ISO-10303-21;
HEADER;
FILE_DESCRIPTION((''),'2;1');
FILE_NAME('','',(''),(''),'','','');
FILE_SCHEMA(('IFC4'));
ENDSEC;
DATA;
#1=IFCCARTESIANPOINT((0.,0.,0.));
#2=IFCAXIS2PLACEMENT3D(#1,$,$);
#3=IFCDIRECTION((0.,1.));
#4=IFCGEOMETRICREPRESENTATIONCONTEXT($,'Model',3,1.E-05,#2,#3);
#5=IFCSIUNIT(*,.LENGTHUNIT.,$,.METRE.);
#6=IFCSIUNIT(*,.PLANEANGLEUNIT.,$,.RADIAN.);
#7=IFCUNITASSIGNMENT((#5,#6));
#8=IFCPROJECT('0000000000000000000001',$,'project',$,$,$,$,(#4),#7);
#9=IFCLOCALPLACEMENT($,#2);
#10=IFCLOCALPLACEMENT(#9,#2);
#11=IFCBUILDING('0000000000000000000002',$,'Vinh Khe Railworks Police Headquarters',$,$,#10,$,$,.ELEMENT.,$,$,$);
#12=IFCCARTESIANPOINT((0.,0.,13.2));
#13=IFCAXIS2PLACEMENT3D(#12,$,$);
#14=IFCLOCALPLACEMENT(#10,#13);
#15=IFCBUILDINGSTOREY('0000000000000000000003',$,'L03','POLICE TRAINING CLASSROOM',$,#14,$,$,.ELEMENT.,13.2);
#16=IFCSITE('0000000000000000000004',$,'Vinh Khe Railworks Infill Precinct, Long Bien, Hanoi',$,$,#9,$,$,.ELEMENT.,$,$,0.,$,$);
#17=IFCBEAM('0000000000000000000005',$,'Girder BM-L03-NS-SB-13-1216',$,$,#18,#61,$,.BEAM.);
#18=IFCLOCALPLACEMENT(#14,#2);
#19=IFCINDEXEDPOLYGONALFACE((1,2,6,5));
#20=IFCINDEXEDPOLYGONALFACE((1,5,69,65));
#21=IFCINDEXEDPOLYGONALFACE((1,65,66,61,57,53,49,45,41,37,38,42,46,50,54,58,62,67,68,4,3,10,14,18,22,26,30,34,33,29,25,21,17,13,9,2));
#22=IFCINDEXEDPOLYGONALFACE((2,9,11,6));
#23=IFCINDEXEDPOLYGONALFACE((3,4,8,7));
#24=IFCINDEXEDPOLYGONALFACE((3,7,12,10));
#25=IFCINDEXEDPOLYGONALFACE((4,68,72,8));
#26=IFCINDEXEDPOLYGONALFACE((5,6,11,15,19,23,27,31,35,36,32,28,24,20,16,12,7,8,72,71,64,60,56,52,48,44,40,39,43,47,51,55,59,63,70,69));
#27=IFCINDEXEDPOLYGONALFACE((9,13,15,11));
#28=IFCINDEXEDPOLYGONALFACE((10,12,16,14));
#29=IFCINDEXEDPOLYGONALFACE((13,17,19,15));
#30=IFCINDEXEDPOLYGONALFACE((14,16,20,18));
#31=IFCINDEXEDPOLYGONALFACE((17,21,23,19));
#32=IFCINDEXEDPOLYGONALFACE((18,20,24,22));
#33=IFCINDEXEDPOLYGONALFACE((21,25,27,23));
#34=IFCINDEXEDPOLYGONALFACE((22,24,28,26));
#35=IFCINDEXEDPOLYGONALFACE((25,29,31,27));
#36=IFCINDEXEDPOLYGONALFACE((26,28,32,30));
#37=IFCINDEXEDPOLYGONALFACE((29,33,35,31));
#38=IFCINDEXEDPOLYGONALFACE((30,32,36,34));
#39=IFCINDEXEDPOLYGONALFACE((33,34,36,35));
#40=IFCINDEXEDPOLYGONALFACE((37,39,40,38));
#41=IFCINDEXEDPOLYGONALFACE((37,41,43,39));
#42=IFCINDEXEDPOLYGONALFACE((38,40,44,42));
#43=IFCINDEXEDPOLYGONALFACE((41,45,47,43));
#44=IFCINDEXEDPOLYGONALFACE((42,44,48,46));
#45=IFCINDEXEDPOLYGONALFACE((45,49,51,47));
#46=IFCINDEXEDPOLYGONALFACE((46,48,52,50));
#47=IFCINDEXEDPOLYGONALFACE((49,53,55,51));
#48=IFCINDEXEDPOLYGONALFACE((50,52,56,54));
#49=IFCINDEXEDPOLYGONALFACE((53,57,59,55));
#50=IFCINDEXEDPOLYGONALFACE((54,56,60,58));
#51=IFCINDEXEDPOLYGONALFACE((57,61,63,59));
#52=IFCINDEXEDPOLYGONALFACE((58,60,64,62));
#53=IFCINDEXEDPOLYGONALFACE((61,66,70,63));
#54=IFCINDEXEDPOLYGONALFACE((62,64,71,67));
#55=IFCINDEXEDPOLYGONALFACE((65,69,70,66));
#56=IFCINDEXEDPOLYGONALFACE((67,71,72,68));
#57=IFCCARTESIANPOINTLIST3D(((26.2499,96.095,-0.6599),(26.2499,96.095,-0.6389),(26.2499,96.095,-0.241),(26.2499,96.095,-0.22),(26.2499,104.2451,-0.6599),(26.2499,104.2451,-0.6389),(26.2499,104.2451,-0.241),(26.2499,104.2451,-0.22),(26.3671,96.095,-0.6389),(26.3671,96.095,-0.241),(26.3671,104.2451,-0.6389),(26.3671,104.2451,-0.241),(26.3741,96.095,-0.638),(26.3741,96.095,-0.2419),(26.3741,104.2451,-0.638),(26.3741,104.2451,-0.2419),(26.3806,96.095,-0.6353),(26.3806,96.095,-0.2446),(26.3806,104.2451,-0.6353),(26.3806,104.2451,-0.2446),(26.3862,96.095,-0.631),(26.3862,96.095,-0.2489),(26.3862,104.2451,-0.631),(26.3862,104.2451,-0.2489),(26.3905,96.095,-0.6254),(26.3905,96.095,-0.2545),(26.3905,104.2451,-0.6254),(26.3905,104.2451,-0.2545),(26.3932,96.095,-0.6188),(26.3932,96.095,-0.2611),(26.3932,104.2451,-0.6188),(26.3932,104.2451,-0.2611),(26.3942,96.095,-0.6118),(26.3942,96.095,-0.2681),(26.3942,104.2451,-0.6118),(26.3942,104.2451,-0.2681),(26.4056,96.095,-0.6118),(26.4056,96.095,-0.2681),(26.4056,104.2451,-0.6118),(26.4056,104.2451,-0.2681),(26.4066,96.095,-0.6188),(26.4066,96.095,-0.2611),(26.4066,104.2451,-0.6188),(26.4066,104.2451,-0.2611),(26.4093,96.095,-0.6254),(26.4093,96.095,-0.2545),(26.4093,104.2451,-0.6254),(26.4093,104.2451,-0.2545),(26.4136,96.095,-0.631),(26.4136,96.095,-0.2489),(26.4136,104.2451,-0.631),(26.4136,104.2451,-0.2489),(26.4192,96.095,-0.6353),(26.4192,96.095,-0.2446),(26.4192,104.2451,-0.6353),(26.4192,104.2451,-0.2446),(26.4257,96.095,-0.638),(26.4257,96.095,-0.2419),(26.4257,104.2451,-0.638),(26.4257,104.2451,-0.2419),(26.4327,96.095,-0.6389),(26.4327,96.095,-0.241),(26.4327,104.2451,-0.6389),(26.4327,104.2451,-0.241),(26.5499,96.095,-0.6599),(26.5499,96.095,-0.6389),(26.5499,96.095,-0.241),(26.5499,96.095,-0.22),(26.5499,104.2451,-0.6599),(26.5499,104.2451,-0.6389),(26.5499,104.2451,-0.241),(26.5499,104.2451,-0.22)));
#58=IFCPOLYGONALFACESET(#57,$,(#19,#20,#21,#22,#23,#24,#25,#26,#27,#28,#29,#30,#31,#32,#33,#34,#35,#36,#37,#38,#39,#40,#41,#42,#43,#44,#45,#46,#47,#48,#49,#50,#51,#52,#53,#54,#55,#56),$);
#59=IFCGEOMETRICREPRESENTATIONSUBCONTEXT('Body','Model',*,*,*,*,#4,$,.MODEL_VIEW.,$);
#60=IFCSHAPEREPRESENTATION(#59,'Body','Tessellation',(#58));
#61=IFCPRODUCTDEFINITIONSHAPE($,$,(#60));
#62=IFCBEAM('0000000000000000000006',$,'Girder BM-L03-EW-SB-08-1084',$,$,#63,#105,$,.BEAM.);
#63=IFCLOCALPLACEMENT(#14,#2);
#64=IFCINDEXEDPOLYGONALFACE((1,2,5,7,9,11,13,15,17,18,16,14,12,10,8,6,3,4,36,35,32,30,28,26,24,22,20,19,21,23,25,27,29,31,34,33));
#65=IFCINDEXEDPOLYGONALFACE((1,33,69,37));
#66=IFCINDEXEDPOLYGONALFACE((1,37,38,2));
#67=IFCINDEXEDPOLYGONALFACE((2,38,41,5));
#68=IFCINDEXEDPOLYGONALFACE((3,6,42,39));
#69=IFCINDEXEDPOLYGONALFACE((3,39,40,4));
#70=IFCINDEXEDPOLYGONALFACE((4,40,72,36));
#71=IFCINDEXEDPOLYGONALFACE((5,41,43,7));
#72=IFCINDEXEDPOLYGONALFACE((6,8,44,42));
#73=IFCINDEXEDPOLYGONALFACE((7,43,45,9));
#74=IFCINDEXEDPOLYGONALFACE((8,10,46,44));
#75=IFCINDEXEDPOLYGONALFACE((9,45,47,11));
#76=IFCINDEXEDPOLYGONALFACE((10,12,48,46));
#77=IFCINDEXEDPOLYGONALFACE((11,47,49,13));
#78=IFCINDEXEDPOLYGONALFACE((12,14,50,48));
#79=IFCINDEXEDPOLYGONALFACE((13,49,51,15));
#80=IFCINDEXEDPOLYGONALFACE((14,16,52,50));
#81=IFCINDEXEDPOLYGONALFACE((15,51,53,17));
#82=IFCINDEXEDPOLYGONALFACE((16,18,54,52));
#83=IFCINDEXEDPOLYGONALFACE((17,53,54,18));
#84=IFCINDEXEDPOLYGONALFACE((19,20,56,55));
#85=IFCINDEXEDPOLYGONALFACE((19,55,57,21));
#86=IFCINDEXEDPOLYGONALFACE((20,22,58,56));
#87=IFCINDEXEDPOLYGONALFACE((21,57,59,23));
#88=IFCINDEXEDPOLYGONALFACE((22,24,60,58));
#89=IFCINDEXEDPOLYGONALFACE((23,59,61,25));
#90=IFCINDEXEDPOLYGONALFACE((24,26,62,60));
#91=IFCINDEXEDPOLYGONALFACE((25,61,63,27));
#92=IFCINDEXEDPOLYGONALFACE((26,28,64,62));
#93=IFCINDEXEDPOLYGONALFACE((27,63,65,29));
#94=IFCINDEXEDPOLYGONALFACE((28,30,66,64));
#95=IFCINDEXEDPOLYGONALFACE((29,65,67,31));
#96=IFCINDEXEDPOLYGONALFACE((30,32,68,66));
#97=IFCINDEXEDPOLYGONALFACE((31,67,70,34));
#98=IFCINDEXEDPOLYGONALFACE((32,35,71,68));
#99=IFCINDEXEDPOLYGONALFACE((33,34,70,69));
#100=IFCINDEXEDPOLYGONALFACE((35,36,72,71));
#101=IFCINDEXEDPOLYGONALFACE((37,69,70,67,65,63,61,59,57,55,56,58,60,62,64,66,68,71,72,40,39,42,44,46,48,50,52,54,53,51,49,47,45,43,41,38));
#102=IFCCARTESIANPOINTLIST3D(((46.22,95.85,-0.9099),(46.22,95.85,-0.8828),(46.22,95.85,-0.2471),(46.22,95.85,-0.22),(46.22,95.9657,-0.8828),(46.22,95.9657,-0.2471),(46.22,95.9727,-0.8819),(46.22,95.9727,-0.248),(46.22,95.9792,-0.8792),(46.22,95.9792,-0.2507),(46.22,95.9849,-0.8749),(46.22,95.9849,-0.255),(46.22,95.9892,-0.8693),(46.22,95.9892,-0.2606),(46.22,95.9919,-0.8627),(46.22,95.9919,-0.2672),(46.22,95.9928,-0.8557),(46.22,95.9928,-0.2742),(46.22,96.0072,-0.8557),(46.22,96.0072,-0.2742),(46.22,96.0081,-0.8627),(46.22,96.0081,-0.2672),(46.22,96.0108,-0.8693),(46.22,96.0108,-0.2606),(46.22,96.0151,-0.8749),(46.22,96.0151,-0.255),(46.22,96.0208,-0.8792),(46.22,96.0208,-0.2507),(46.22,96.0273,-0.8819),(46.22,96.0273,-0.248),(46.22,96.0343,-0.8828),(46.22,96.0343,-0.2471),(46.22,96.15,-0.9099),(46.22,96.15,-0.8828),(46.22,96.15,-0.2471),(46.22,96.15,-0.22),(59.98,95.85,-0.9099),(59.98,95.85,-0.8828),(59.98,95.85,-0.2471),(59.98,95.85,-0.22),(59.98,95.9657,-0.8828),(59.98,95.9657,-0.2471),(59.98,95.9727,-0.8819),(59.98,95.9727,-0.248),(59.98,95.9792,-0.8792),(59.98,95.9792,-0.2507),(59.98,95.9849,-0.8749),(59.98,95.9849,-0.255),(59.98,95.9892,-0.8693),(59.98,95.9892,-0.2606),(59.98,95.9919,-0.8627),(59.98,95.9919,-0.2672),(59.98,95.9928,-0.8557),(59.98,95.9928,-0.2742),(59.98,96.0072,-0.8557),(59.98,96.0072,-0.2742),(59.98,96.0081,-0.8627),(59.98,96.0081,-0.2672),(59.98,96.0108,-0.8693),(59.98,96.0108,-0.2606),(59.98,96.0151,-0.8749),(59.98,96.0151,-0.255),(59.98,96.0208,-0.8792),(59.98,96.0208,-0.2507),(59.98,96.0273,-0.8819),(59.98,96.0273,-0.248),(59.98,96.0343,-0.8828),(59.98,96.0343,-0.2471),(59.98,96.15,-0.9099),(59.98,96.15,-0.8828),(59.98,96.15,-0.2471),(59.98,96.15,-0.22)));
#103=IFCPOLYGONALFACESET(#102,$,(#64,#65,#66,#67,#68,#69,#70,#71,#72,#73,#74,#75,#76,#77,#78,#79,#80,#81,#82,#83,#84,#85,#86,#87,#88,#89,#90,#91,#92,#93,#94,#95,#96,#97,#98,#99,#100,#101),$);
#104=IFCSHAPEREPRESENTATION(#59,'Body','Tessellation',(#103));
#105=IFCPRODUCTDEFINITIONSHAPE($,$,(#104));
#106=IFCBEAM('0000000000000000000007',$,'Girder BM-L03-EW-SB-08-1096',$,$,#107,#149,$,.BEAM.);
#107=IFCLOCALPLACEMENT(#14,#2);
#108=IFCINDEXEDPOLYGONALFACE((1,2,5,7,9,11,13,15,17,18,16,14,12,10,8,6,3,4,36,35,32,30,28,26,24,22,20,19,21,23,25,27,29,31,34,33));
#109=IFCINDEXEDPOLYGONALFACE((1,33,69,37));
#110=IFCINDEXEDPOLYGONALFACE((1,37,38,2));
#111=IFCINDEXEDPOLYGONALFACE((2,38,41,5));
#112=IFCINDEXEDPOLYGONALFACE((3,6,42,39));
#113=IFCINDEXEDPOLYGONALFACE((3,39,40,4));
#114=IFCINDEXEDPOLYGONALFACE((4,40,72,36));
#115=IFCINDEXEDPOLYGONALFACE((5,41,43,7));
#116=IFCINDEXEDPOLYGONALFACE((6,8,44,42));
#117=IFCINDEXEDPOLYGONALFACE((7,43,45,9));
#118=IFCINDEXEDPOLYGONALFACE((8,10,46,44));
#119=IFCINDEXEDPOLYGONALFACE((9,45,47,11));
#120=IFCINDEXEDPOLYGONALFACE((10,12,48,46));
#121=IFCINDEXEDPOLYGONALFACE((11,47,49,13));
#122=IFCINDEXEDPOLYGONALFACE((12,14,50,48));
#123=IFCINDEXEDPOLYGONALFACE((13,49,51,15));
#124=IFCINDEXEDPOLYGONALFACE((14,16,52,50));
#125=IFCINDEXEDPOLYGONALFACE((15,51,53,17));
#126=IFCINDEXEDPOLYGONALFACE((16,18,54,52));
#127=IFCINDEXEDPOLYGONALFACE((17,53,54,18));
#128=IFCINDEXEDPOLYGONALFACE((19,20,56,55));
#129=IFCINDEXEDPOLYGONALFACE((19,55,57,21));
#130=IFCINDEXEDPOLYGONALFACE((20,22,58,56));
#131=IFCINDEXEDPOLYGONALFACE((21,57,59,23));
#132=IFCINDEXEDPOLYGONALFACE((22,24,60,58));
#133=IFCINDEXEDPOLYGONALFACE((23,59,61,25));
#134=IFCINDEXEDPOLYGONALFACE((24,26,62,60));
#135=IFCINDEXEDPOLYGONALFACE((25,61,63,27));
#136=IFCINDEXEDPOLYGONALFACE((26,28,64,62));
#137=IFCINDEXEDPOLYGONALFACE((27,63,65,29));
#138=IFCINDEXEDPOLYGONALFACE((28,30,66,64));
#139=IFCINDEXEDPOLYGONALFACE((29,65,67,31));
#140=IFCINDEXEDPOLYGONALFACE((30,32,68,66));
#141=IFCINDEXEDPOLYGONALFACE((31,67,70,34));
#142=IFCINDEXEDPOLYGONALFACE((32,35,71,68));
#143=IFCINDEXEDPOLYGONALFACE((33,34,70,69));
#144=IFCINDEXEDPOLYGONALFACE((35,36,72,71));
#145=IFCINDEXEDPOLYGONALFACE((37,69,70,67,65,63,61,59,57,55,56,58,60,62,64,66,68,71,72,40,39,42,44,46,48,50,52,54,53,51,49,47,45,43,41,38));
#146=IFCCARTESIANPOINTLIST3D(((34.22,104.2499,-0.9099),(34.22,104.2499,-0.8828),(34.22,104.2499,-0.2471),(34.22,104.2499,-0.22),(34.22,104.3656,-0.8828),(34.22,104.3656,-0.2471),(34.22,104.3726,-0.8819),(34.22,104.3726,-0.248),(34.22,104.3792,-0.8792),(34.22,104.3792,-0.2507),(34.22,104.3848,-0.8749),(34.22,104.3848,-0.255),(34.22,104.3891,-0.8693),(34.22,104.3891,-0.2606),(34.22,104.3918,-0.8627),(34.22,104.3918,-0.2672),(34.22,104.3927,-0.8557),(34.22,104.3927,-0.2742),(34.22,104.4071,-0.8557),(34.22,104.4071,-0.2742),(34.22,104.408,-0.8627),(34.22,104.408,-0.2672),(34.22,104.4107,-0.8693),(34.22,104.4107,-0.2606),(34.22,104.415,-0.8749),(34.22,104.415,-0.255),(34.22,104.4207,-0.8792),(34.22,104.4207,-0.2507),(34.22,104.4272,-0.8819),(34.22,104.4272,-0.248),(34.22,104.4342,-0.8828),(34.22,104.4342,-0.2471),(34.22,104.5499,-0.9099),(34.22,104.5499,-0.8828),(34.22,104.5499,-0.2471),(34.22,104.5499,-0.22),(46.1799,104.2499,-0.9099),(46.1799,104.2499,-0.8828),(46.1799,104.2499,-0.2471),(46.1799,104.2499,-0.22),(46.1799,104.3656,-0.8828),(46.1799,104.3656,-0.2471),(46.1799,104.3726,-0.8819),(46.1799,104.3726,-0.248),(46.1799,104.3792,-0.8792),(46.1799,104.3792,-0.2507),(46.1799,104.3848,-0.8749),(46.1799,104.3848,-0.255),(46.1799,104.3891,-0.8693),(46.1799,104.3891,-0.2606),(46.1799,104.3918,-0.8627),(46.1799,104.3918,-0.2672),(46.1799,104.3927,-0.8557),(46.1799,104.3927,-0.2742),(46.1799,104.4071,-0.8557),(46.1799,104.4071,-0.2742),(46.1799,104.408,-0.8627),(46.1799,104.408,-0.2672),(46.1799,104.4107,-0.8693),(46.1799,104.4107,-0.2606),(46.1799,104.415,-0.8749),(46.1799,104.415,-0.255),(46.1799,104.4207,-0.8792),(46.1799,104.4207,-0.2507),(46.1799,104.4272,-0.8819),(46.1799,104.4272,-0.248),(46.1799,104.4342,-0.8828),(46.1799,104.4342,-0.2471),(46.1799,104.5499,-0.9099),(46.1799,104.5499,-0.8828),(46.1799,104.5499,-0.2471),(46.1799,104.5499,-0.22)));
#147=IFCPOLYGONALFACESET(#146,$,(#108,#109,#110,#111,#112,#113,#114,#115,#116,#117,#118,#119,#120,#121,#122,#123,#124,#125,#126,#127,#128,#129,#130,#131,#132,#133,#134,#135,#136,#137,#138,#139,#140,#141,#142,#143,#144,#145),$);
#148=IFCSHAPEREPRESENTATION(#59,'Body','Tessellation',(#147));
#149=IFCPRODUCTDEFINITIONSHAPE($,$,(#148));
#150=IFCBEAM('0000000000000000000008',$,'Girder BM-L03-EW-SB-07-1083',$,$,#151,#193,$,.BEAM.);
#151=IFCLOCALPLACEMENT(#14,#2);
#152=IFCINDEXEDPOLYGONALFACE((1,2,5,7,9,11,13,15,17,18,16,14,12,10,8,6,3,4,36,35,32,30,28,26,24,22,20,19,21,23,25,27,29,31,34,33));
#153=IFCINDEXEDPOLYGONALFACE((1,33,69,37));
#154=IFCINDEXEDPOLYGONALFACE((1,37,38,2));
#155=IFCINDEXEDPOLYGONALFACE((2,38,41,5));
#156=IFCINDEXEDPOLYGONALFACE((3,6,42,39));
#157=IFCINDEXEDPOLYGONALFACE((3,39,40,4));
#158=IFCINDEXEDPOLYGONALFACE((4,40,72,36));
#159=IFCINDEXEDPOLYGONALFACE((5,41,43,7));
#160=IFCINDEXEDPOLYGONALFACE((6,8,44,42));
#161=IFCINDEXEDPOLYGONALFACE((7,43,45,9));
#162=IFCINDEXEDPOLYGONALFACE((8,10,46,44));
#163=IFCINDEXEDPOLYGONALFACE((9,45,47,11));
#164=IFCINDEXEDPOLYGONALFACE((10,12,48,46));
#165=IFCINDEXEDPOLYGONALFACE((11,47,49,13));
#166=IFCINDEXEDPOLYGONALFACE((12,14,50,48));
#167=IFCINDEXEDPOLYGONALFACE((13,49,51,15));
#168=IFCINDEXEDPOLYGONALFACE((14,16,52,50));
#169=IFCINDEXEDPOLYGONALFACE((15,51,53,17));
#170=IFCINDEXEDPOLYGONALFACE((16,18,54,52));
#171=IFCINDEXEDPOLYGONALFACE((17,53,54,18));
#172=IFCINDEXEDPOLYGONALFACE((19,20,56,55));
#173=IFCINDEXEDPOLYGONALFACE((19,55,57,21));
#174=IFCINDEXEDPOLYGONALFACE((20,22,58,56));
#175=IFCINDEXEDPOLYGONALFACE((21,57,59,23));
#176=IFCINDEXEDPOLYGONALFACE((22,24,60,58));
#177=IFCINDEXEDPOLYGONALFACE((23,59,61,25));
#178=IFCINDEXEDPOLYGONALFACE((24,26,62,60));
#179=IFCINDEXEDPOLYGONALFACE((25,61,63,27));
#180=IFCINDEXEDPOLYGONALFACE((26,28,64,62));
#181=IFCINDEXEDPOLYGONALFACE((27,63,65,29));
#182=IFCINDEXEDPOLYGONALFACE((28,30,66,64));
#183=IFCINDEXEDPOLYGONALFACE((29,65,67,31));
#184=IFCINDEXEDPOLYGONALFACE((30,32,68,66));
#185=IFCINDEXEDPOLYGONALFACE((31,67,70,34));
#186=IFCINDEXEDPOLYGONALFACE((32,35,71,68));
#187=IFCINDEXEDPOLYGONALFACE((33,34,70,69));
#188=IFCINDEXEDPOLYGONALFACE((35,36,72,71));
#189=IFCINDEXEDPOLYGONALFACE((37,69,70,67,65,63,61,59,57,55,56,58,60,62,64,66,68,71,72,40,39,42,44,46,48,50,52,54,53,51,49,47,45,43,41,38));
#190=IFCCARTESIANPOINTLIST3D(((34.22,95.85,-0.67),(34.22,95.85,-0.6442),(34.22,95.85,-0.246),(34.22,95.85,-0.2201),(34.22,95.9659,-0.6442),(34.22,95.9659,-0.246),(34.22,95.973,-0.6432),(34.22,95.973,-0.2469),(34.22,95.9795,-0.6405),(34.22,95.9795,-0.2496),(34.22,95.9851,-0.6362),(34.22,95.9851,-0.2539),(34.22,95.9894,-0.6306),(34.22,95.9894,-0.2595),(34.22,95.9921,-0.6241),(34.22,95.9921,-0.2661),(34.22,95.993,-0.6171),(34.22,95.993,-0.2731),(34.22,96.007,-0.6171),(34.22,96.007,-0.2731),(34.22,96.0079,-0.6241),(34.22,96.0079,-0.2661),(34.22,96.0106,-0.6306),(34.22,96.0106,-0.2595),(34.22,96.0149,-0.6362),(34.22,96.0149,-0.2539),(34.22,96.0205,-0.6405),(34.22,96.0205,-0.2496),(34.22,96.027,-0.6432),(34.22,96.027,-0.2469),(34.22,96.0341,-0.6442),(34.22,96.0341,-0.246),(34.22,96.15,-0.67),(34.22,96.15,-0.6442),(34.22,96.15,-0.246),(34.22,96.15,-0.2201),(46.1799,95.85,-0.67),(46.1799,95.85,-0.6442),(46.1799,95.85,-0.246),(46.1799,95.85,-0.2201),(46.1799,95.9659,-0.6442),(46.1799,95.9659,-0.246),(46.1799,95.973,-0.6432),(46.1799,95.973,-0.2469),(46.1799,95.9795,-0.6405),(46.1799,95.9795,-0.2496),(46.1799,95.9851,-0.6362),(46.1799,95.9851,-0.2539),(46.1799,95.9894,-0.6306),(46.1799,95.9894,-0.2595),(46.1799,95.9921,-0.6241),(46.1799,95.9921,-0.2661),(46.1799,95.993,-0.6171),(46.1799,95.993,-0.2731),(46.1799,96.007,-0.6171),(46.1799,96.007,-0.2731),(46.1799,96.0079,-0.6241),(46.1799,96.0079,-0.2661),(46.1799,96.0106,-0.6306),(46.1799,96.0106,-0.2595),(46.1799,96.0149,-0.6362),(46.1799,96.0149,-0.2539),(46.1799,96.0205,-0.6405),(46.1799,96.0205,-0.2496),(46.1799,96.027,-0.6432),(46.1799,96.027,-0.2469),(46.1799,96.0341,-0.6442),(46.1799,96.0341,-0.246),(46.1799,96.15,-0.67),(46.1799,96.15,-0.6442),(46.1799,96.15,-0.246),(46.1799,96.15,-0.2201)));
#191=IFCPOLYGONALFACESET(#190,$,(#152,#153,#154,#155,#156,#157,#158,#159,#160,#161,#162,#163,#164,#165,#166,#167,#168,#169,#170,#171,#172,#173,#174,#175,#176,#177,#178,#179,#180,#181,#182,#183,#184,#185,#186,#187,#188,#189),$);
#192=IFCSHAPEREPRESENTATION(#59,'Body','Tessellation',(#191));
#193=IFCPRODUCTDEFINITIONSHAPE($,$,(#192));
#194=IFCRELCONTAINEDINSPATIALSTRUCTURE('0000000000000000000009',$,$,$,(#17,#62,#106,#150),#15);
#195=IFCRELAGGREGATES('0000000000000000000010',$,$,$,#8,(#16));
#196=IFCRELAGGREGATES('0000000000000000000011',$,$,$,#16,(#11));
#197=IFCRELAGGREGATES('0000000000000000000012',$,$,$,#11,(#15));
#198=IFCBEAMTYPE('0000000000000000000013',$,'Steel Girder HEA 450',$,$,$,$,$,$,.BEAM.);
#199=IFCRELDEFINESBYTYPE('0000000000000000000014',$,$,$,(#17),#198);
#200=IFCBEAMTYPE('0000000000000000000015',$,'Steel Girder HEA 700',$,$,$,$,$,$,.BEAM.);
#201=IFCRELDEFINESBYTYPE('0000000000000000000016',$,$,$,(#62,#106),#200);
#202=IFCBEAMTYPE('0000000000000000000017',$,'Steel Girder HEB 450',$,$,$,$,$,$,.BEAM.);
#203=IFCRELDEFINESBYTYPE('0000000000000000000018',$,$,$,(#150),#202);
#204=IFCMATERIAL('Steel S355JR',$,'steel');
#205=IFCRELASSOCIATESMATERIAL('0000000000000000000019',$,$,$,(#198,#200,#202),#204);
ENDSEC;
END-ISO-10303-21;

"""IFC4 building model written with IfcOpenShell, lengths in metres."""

from ifc_helpers import new_model, si_unit, direction, frame, origin, origin_2d, place, context, subcontext, project, spatial, i_section, extrude, material, material_profile, profile_set, type_object, element, save


model = new_model("IFC4")

# Units and contexts
model_context = context("Model", 3, precision=1e-05, world=origin(), true_north=direction((0.0, 1.0)))
body_context = subcontext(model_context, "Body", "Model", "MODEL_VIEW")
ifc_project = project(units=[si_unit("LENGTHUNIT", "METRE"), si_unit("PLANEANGLEUNIT", "RADIAN")], contexts=[model_context])

# Site, building, storey
site_placement = place(None, origin())
site = spatial("IfcSite", under=ifc_project, at=site_placement, Name="Vinh Khe Railworks Infill Precinct, Long Bien, Hanoi", CompositionType="ELEMENT", RefElevation=0.0)
building_placement = place(site_placement, origin())
building = spatial("IfcBuilding", under=site, at=building_placement, Name="Vinh Khe Railworks Police Headquarters", CompositionType="ELEMENT")
storey_placement = place(building_placement, frame((0.0, 0.0, 13.2)))
storey = spatial("IfcBuildingStorey", under=building, at=storey_placement, Name="L03", Description="POLICE TRAINING CLASSROOM", CompositionType="ELEMENT", Elevation=13.2)

# Shared definitions
ifc_material_1 = material(Name="Steel S355JR", Category="steel")

# Beams
ifc_material_profile_1 = material_profile(ifc_material_1, i_section(OverallWidth=0.3, OverallDepth=0.4399, WebThickness=0.0115, FlangeThickness=0.021, FilletRadius=0.0271, at=origin_2d()), Name="HEA 450")
ifc_profile_set_1 = profile_set([ifc_material_profile_1], Name="Steel S355JR")
beam_type_1 = type_object("IfcBeamType", Name="Steel Girder HEA 450", PredefinedType="BEAM", material=ifc_profile_set_1)
beam_1_placement = place(storey_placement, frame((26.3999, 96.095, -0.4399), z_axis=(0.0, 1.0, 0.0), x_axis=(-1.0, 0.0, 0.0)))
element("IfcBeam", 1, at=beam_1_placement, inside=storey, type_object=beam_type_1, Name="Girder BM-L03-NS-SB-13-1216", PredefinedType="BEAM", context=body_context, shape_type="SweptSolid", body=[
    extrude(i_section(OverallWidth=0.3, OverallDepth=0.4399, WebThickness=0.0115, FlangeThickness=0.021, FilletRadius=0.0271, at=origin_2d()), origin(), (0.0, 0.0, 1.0), 8.1501),
])
ifc_material_profile_2 = material_profile(ifc_material_1, i_section(OverallWidth=0.3, OverallDepth=0.6899, WebThickness=0.0144, FlangeThickness=0.0271, FilletRadius=0.0271, at=origin_2d()), Name="HEA 700")
ifc_profile_set_2 = profile_set([ifc_material_profile_2], Name="Steel S355JR")
beam_type_2 = type_object("IfcBeamType", Name="Steel Girder HEA 700", PredefinedType="BEAM", material=ifc_profile_set_2)
beam_2_placement = place(storey_placement, frame((46.22, 96.0, -0.5649), z_axis=(1.0, 0.0, 0.0), x_axis=(0.0, 1.0, 0.0)))
element("IfcBeam", 2, at=beam_2_placement, inside=storey, type_object=beam_type_2, Name="Girder BM-L03-EW-SB-08-1084", PredefinedType="BEAM", context=body_context, shape_type="SweptSolid", body=[
    extrude(i_section(OverallWidth=0.3, OverallDepth=0.6899, WebThickness=0.0144, FlangeThickness=0.0271, FilletRadius=0.0271, at=origin_2d()), origin(), (0.0, 0.0, 1.0), 13.76),
])
beam_3_placement = place(storey_placement, frame((34.22, 104.3999, -0.5649), z_axis=(1.0, 0.0, 0.0), x_axis=(0.0, 1.0, 0.0)))
element("IfcBeam", 3, at=beam_3_placement, inside=storey, type_object=beam_type_2, Name="Girder BM-L03-EW-SB-08-1096", PredefinedType="BEAM", context=body_context, shape_type="SweptSolid", body=[
    extrude(i_section(OverallWidth=0.3, OverallDepth=0.6899, WebThickness=0.0144, FlangeThickness=0.0271, FilletRadius=0.0271, at=origin_2d()), origin(), (0.0, 0.0, 1.0), 11.96),
])
ifc_material_profile_3 = material_profile(ifc_material_1, i_section(OverallWidth=0.3, OverallDepth=0.45, WebThickness=0.0139, FlangeThickness=0.0259, FilletRadius=0.0271, at=origin_2d()), Name="HEB 450")
ifc_profile_set_3 = profile_set([ifc_material_profile_3], Name="Steel S355JR")
beam_type_3 = type_object("IfcBeamType", Name="Steel Girder HEB 450", PredefinedType="BEAM", material=ifc_profile_set_3)
beam_4_placement = place(storey_placement, frame((34.22, 96.0, -0.4451), z_axis=(1.0, 0.0, 0.0), x_axis=(0.0, 1.0, 0.0)))
element("IfcBeam", 4, at=beam_4_placement, inside=storey, type_object=beam_type_3, Name="Girder BM-L03-EW-SB-07-1083", PredefinedType="BEAM", context=body_context, shape_type="SweptSolid", body=[
    extrude(i_section(OverallWidth=0.3, OverallDepth=0.45, WebThickness=0.0139, FlangeThickness=0.0259, FilletRadius=0.0271, at=origin_2d()), origin(), (0.0, 0.0, 1.0), 11.96),
])

save(model, "model.ifc")
